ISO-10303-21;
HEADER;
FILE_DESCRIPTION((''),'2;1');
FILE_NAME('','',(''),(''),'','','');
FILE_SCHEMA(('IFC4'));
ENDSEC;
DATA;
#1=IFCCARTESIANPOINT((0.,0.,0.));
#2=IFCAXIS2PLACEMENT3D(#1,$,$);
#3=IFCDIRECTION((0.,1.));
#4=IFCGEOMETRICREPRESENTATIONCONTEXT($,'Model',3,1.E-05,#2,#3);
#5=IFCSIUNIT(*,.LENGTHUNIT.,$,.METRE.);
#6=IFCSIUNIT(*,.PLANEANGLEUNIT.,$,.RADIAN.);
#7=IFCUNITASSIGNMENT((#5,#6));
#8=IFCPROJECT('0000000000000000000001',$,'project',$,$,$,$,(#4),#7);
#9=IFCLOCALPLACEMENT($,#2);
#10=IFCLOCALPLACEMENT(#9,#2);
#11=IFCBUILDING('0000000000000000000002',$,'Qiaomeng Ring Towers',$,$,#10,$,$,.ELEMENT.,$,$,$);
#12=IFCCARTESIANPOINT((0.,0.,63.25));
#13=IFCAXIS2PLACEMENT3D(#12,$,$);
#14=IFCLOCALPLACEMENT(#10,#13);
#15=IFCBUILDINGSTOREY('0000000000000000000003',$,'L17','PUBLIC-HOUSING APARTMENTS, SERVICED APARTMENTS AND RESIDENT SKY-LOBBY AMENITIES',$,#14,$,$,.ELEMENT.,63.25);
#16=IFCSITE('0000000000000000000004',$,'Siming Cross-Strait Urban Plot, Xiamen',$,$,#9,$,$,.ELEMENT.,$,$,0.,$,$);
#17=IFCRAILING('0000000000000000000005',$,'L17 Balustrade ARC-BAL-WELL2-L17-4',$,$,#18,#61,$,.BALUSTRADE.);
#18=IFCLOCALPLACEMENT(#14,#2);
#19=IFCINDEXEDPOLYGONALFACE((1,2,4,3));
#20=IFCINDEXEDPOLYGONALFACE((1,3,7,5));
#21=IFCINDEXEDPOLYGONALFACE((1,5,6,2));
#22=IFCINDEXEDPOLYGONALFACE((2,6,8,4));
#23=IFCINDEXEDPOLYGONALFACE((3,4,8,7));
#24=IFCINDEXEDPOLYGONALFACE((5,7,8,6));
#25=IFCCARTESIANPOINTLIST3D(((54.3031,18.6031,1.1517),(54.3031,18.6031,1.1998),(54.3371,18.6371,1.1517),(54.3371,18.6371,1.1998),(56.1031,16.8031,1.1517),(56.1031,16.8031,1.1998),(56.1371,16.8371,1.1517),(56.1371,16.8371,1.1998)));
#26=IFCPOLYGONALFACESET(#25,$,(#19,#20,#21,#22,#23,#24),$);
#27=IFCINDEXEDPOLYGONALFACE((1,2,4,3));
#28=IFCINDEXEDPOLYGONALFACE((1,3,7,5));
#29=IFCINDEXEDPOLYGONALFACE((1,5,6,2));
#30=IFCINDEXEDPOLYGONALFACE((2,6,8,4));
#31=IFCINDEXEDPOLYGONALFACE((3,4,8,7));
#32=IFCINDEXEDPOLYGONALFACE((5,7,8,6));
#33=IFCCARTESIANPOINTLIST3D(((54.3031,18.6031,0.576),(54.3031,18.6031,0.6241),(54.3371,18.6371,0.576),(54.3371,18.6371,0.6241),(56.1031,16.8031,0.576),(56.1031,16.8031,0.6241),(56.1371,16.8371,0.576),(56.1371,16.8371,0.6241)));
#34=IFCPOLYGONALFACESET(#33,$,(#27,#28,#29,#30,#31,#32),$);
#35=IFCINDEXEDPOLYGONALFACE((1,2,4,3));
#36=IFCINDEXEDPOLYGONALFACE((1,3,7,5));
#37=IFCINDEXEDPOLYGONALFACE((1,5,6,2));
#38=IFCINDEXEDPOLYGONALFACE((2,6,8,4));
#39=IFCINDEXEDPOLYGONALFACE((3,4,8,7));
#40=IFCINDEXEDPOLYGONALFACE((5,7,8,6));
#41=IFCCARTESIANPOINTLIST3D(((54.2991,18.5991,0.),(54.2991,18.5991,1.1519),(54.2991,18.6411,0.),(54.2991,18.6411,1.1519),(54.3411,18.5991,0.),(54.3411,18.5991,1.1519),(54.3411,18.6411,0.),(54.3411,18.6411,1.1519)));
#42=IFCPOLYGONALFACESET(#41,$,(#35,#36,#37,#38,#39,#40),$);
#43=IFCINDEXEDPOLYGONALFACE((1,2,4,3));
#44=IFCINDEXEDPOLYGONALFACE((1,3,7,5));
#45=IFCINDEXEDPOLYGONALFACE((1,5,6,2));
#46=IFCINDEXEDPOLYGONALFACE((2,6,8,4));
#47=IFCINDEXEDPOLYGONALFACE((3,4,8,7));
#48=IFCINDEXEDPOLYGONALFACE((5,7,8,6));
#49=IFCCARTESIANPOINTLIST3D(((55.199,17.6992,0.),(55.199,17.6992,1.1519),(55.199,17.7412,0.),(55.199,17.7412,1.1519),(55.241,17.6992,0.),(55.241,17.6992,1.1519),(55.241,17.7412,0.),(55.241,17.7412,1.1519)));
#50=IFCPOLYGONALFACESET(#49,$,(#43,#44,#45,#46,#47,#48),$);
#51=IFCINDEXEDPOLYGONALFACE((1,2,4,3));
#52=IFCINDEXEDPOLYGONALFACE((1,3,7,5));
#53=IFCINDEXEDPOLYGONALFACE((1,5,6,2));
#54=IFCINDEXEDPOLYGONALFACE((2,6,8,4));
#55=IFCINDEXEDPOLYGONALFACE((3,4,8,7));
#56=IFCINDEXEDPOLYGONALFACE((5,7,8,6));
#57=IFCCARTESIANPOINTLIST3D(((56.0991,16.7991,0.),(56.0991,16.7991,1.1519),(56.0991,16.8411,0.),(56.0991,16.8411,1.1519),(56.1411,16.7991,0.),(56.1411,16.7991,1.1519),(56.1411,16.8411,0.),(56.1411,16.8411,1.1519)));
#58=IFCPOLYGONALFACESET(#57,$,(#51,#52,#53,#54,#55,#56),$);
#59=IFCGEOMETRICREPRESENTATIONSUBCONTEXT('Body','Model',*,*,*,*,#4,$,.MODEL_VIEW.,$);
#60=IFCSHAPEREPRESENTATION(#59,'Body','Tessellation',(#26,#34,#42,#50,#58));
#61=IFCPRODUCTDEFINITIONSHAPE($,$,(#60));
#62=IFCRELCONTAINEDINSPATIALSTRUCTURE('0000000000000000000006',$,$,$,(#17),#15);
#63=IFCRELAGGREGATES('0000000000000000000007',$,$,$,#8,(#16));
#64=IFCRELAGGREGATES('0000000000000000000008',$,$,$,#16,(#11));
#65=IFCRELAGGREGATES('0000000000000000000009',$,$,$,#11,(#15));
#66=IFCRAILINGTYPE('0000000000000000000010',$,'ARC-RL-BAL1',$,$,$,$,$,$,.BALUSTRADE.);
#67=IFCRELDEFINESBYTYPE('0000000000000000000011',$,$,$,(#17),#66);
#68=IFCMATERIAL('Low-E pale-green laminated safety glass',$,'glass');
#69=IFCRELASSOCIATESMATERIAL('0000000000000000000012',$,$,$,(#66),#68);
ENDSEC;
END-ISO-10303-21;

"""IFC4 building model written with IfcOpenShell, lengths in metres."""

from ifc_helpers import new_model, si_unit, direction, frame, origin, origin_2d, place, context, subcontext, project, spatial, rectangle, extrude, material, type_object, element, save


model = new_model("IFC4")

# Units and contexts
model_context = context("Model", 3, precision=1e-05, world=origin(), true_north=direction((0.0, 1.0)))
body_context = subcontext(model_context, "Body", "Model", "MODEL_VIEW")
ifc_project = project(units=[si_unit("LENGTHUNIT", "METRE"), si_unit("PLANEANGLEUNIT", "RADIAN")], contexts=[model_context])

# Site, building, storey
site_placement = place(None, origin())
site = spatial("IfcSite", under=ifc_project, at=site_placement, Name="Siming Cross-Strait Urban Plot, Xiamen", CompositionType="ELEMENT", RefElevation=0.0)
building_placement = place(site_placement, origin())
building = spatial("IfcBuilding", under=site, at=building_placement, Name="Qiaomeng Ring Towers", CompositionType="ELEMENT")
storey_placement = place(building_placement, frame((0.0, 0.0, 63.25)))
storey = spatial("IfcBuildingStorey", under=building, at=storey_placement, Name="L17", Description="PUBLIC-HOUSING APARTMENTS, SERVICED APARTMENTS AND RESIDENT SKY-LOBBY AMENITIES", CompositionType="ELEMENT", Elevation=63.25)

# Railing
ifc_material_1 = material(Name="Low-E pale-green laminated safety glass", Category="glass")
railing_type = type_object("IfcRailingType", Name="ARC-RL-BAL1", PredefinedType="BALUSTRADE", material=ifc_material_1)
railing_placement = place(storey_placement, frame((54.3201, 18.6201, 0.0)))
element("IfcRailing", 1, at=railing_placement, inside=storey, type_object=railing_type, Name="L17 Balustrade ARC-BAL-WELL2-L17-4", PredefinedType="BALUSTRADE", context=body_context, shape_type="SweptSolid", body=[
    extrude(rectangle(XDim=0.0481, YDim=0.0481, at=origin_2d()), frame((0.0, 0.0, 1.1758), z_axis=(0.707107, -0.707107, 0.0), x_axis=(0.707107, 0.707107, 0.0)), (0.0, 0.0, 1.0), 2.5457),
    extrude(rectangle(XDim=0.0481, YDim=0.0481, at=origin_2d()), frame((0.0, 0.0, 0.6001), z_axis=(0.707107, -0.707107, 0.0), x_axis=(0.707107, 0.707107, 0.0)), (0.0, 0.0, 1.0), 2.5457),
    extrude(rectangle(XDim=0.042, YDim=0.042, at=origin_2d()), origin(), (0.0, 0.0, 1.0), 1.1519),
    extrude(rectangle(XDim=0.042, YDim=0.042, at=origin_2d()), frame((0.8999, -0.8999, 0.0)), (0.0, 0.0, 1.0), 1.1519),
    extrude(rectangle(XDim=0.042, YDim=0.042, at=origin_2d()), frame((1.8, -1.8, 0.0)), (0.0, 0.0, 1.0), 1.1519),
])

save(model, "model.ifc")
